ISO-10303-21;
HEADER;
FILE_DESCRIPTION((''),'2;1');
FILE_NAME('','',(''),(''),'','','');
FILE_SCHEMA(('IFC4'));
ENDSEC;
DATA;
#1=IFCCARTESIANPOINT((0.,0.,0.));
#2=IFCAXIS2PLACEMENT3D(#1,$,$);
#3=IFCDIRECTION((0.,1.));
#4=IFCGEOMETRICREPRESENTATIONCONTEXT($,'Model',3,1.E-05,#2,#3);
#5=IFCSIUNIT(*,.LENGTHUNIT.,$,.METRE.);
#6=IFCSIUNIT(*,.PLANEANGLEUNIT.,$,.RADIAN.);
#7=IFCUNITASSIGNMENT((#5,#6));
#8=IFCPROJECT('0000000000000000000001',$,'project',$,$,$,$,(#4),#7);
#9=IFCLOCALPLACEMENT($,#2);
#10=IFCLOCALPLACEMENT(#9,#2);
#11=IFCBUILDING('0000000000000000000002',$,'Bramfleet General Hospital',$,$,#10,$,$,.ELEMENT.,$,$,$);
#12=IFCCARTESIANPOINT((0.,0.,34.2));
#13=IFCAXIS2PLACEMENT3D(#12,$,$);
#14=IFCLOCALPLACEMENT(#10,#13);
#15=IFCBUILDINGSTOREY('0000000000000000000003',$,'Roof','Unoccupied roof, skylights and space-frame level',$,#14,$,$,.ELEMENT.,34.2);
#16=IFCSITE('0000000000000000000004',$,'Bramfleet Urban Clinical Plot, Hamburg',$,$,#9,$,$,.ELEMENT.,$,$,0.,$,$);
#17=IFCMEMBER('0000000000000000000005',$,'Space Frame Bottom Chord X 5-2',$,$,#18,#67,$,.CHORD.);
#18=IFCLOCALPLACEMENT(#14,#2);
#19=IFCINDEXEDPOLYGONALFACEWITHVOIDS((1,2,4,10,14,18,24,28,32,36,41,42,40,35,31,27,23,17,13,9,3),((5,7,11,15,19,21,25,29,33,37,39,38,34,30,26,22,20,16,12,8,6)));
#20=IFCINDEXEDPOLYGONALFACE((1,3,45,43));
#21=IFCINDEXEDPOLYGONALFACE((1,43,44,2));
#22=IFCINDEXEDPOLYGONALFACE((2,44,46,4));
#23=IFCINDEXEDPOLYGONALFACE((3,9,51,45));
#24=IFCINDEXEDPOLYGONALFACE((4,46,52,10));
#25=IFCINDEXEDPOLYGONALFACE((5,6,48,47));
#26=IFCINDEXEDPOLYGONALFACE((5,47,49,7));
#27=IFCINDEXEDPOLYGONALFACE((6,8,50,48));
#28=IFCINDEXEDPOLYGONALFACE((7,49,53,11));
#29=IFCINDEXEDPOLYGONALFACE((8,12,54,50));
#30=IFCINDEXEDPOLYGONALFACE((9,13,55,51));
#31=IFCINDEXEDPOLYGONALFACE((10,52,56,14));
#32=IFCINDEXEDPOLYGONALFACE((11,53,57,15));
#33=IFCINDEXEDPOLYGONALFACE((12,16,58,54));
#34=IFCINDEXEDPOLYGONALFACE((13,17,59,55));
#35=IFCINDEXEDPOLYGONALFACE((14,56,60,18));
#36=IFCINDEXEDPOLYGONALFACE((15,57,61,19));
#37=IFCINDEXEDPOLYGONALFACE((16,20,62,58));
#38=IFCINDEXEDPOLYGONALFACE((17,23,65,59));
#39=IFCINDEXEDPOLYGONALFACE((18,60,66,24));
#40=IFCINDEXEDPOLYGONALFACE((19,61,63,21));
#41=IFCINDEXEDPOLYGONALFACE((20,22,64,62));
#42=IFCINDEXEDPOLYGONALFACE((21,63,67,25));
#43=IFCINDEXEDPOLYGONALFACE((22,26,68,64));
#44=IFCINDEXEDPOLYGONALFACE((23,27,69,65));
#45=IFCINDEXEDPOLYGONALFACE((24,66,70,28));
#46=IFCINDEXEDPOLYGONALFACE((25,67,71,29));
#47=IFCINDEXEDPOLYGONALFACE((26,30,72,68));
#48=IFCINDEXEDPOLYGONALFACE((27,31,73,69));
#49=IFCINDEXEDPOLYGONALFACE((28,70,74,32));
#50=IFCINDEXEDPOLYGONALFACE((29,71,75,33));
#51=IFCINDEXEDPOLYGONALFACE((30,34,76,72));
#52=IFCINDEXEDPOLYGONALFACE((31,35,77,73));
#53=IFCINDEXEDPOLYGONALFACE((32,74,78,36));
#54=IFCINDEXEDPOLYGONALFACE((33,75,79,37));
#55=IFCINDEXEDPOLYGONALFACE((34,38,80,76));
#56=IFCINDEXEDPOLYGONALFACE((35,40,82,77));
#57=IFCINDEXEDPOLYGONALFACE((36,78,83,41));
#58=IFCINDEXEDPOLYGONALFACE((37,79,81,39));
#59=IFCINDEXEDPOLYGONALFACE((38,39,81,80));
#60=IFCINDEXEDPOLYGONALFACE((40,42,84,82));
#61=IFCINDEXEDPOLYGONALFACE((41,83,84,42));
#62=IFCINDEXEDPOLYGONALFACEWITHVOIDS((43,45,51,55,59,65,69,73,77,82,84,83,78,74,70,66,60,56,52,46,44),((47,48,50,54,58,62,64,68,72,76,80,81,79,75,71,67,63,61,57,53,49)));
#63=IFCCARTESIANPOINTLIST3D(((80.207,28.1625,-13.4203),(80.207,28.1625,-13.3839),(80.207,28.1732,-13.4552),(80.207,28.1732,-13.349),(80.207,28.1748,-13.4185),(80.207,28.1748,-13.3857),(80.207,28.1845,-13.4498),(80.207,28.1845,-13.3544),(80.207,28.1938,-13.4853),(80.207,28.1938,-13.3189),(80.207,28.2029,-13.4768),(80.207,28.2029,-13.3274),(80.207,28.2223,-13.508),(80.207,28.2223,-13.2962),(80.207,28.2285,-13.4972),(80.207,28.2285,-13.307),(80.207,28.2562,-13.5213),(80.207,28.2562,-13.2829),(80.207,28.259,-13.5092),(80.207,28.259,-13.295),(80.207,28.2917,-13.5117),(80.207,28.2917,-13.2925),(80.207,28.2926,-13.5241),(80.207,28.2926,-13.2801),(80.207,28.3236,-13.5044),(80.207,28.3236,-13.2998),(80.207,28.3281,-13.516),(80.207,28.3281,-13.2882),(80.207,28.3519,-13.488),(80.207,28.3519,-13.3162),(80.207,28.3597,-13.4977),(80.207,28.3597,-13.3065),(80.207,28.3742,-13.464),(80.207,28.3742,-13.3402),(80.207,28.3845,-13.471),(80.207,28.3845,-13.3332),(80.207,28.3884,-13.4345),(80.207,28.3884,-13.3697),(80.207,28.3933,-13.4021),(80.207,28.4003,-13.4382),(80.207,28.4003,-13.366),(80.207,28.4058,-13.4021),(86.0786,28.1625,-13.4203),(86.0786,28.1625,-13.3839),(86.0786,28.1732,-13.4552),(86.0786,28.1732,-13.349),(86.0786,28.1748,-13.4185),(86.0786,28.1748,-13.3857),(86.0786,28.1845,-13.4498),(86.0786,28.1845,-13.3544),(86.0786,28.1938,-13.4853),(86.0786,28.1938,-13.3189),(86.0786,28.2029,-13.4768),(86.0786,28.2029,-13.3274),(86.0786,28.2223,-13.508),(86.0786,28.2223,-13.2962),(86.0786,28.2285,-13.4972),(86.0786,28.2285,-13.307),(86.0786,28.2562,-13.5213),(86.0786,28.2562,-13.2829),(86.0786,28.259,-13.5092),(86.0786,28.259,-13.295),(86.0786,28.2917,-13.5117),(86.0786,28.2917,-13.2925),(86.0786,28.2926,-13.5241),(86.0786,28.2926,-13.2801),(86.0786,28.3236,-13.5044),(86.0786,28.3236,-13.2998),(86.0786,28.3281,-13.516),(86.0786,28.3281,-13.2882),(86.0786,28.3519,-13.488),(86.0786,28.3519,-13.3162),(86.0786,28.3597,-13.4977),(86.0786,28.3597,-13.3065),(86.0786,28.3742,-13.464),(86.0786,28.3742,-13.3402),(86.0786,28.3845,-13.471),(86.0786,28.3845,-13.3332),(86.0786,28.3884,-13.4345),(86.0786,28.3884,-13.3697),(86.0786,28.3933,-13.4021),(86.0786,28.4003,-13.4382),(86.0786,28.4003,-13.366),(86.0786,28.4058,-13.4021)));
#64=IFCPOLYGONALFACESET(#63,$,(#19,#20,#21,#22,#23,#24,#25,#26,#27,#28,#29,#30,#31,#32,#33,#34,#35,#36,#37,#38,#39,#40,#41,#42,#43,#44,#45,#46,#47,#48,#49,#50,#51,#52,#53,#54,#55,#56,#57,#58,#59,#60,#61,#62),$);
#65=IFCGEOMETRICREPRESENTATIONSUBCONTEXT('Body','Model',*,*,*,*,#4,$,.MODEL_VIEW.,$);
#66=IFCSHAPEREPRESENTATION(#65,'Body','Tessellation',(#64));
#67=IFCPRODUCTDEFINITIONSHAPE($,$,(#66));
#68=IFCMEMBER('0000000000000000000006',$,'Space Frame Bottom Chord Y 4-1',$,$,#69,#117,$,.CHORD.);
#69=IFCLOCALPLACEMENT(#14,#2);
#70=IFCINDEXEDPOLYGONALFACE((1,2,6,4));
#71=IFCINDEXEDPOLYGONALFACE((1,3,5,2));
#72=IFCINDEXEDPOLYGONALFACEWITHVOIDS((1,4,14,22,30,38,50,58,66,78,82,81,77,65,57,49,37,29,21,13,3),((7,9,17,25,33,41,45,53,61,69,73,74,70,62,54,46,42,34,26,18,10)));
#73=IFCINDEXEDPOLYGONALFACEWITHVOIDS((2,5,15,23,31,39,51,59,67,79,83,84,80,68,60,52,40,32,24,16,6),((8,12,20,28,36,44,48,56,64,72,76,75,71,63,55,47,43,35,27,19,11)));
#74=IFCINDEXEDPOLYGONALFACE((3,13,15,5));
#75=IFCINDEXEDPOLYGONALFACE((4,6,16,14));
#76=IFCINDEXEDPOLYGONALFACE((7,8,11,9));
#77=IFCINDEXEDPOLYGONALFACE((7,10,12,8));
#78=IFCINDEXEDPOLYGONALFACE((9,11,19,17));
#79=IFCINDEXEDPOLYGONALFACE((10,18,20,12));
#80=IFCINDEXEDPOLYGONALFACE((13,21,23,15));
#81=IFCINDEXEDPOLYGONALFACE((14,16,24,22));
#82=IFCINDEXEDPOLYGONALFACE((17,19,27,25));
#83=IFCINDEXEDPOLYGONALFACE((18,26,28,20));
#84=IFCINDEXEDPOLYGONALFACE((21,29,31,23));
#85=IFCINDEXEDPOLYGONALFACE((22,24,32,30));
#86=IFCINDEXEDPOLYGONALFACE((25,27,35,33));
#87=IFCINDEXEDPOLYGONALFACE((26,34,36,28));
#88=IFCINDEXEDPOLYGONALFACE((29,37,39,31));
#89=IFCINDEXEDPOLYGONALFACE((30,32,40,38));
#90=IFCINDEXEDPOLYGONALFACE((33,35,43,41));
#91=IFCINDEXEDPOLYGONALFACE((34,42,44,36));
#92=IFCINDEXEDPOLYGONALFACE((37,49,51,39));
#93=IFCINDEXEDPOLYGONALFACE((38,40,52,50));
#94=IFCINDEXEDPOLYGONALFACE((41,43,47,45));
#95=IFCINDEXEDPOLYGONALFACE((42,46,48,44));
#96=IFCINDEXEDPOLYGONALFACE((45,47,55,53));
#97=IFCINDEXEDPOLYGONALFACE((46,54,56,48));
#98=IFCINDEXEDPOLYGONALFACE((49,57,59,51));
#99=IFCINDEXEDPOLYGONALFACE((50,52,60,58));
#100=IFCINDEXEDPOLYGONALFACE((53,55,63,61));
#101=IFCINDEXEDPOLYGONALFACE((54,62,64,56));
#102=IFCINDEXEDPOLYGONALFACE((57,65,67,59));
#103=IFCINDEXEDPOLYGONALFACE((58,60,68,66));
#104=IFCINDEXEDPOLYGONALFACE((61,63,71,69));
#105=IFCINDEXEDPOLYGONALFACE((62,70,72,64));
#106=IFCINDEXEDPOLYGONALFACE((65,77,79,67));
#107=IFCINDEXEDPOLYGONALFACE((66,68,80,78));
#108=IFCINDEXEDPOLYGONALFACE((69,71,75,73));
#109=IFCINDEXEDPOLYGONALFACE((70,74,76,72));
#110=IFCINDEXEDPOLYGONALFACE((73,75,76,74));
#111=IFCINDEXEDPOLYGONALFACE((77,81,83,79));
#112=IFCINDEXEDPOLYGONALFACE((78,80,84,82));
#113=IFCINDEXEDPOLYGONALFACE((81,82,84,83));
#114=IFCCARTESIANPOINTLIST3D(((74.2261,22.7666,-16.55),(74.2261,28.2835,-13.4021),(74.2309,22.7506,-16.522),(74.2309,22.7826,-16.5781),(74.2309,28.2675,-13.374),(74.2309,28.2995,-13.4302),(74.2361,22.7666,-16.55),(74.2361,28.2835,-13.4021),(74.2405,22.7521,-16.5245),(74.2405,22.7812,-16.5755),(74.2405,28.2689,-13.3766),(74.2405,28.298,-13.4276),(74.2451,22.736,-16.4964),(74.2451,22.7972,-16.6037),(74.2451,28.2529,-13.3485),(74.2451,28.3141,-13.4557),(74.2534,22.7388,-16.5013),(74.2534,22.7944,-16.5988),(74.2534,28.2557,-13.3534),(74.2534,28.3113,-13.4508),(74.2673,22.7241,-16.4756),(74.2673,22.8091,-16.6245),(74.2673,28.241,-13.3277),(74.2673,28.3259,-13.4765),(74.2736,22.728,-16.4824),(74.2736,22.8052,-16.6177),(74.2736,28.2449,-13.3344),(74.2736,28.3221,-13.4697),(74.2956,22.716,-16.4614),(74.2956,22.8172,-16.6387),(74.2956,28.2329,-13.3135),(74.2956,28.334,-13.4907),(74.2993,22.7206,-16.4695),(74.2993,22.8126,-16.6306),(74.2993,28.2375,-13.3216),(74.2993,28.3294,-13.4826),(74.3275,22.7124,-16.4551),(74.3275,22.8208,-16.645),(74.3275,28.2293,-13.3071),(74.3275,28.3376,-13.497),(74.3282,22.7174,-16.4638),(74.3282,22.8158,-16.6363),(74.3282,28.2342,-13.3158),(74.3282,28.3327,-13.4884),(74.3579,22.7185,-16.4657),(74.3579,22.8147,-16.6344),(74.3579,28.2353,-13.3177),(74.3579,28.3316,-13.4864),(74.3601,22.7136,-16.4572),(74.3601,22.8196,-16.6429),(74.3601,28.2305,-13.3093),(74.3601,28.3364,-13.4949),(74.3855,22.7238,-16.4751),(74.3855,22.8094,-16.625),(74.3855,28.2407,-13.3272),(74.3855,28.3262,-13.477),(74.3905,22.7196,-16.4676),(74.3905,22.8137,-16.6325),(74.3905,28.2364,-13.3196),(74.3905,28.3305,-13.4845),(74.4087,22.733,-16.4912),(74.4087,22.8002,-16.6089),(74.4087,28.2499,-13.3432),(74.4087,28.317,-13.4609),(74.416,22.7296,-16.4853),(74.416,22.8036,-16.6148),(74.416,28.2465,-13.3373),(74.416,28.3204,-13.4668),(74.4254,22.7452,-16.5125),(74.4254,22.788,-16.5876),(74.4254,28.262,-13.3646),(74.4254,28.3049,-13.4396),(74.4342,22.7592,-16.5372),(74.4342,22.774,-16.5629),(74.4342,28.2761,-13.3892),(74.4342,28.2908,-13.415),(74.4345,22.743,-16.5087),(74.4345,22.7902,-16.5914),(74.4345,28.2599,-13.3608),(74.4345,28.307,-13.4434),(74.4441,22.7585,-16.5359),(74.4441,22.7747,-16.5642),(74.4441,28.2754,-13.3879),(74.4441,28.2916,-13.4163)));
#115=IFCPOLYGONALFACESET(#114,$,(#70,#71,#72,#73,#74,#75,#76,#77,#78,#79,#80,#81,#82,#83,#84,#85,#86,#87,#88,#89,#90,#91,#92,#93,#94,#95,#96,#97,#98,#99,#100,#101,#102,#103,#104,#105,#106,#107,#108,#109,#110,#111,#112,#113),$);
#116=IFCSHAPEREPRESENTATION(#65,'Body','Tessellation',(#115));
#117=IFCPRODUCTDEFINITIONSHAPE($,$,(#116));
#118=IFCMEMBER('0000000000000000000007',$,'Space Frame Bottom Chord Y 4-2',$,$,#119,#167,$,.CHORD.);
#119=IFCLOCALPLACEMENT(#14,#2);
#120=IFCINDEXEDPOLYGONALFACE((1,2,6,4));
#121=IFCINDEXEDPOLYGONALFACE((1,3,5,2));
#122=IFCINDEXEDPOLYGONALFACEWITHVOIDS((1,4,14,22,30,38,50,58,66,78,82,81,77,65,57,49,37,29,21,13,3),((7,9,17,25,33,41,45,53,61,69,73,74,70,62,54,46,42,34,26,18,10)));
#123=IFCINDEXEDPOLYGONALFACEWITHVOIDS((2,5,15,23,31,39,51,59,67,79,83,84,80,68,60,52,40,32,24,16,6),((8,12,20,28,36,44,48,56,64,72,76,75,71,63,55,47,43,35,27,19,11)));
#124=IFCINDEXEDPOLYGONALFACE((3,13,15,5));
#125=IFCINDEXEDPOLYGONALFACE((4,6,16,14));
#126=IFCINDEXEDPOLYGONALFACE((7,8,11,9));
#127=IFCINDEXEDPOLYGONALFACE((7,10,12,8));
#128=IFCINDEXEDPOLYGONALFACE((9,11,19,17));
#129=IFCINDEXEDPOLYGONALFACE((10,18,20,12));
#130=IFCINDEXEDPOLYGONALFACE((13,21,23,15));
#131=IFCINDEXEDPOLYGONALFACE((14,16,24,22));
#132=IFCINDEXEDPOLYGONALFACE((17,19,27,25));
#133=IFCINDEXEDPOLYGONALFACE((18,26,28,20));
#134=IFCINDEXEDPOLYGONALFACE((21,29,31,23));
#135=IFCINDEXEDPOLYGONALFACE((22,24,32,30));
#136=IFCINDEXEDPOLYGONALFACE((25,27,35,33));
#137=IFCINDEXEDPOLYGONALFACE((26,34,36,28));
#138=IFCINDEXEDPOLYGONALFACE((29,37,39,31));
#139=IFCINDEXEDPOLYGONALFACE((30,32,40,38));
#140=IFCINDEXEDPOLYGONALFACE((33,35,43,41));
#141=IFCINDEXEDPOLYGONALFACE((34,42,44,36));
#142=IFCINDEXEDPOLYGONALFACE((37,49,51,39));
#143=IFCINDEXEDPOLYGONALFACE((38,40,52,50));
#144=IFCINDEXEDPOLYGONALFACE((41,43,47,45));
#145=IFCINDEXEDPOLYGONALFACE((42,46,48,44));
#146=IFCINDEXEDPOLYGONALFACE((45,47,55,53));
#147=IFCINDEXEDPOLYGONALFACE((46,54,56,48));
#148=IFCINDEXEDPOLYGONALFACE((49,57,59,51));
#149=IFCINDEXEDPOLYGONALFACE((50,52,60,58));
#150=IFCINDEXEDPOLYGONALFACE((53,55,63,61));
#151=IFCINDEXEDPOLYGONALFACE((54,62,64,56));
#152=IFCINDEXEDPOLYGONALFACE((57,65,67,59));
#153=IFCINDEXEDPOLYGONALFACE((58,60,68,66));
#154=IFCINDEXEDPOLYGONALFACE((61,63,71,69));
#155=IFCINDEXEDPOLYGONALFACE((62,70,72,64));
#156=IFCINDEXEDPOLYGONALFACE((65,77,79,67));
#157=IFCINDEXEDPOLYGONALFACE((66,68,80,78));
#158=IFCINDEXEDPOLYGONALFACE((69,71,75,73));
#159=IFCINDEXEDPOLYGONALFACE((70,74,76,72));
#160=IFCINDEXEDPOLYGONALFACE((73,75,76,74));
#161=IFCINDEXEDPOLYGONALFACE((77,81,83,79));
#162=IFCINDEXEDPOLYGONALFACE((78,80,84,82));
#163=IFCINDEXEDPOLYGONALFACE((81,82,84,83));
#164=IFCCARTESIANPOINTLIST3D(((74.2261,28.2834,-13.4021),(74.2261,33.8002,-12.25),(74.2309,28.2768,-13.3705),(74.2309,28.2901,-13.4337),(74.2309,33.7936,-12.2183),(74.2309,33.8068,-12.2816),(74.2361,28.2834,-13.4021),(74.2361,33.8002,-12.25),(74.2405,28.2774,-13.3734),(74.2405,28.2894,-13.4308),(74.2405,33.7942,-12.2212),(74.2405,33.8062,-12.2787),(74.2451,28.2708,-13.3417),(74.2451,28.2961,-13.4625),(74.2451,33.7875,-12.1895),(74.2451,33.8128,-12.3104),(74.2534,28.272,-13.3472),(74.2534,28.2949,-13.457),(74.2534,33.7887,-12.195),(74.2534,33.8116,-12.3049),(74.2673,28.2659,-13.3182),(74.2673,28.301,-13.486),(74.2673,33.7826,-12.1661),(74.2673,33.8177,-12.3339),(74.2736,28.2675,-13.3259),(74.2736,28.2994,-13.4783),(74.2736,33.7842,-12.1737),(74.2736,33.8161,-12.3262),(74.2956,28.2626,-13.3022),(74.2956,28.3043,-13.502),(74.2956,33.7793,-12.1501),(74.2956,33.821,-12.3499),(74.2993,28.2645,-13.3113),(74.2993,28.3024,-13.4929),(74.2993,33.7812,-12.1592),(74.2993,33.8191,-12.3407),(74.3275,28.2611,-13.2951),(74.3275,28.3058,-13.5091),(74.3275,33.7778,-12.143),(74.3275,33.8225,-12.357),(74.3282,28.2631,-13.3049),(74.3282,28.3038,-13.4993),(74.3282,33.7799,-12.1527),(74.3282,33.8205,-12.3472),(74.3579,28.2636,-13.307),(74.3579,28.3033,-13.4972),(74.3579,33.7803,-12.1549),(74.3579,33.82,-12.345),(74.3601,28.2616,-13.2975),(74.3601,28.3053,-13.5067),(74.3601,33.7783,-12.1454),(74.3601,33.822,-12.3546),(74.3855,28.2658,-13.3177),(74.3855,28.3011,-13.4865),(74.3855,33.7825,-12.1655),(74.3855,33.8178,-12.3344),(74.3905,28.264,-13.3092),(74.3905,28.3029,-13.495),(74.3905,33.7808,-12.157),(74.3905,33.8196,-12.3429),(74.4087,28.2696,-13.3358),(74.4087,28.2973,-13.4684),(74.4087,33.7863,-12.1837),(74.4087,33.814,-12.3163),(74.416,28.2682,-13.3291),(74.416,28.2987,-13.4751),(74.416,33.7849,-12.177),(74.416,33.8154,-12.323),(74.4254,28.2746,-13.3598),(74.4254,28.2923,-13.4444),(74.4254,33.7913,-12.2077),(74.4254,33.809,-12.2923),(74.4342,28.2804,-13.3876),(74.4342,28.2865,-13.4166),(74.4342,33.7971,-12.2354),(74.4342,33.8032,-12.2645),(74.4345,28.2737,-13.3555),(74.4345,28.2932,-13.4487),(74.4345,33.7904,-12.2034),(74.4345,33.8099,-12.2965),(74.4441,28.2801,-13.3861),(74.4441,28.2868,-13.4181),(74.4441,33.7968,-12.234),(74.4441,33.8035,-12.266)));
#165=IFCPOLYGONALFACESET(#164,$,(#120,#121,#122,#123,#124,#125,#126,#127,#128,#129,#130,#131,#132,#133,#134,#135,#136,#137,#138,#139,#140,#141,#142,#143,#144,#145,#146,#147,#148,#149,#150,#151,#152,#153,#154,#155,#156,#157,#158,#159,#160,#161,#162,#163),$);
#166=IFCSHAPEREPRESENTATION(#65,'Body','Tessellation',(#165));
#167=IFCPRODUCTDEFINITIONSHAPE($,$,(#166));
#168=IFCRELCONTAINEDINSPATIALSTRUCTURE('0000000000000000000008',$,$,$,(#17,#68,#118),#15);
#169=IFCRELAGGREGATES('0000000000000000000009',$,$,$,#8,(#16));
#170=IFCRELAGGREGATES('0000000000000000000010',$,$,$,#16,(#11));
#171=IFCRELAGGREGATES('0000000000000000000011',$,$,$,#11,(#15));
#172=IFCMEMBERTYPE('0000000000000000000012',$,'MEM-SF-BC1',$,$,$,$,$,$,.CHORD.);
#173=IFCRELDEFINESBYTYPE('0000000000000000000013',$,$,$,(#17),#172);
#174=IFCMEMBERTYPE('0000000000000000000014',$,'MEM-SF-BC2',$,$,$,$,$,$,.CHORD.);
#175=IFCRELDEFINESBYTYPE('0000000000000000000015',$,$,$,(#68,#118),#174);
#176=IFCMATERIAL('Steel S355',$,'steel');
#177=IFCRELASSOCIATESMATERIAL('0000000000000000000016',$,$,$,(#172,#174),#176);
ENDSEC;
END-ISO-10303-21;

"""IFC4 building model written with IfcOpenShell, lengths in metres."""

from ifc_helpers import new_model, si_unit, direction, frame, origin, origin_2d, place, context, subcontext, project, spatial, hollow_circle, extrude, material, material_profile, profile_set, type_object, element, save


model = new_model("IFC4")

# Units and contexts
model_context = context("Model", 3, precision=1e-05, world=origin(), true_north=direction((0.0, 1.0)))
body_context = subcontext(model_context, "Body", "Model", "MODEL_VIEW")
ifc_project = project(units=[si_unit("LENGTHUNIT", "METRE"), si_unit("PLANEANGLEUNIT", "RADIAN")], contexts=[model_context])

# Site, building, storey
site_placement = place(None, origin())
site = spatial("IfcSite", under=ifc_project, at=site_placement, Name="Bramfleet Urban Clinical Plot, Hamburg", CompositionType="ELEMENT", RefElevation=0.0)
building_placement = place(site_placement, origin())
building = spatial("IfcBuilding", under=site, at=building_placement, Name="Bramfleet General Hospital", CompositionType="ELEMENT")
storey_placement = place(building_placement, frame((0.0, 0.0, 34.2)))
storey = spatial("IfcBuildingStorey", under=building, at=storey_placement, Name="Roof", Description="Unoccupied roof, skylights and space-frame level", CompositionType="ELEMENT", Elevation=34.2)

# Members
ifc_material = material(Name="Steel S355", Category="steel")
ifc_material_profile_1 = material_profile(ifc_material, hollow_circle(Radius=0.1223, WallThickness=0.0125, at=origin_2d()), Name="CHS 244.5x12.5")
ifc_profile_set_1 = profile_set([ifc_material_profile_1], Name="Steel S355")
member_type_1 = type_object("IfcMemberType", Name="MEM-SF-BC1", PredefinedType="CHORD", material=ifc_profile_set_1)
for number, where, z_axis, x_axis, name in (
    (1, (80.207, 28.2834, -13.4021), (1.0, 0.0, 0.0), (0.0, 1.0, 0.0), "Space Frame Bottom Chord X 5-2"),
):
    element("IfcMember", number, at=place(storey_placement, frame(where, z_axis=z_axis, x_axis=x_axis)), inside=storey, type_object=member_type_1, Name=name, PredefinedType="CHORD", context=body_context, shape_type="SweptSolid", body=[
        extrude(hollow_circle(Radius=0.1223, WallThickness=0.0125, at=origin_2d()), origin(), (0.0, 0.0, 1.0), 5.8716),
    ])
ifc_material_profile_2 = material_profile(ifc_material, hollow_circle(Radius=0.1096, WallThickness=0.01, at=origin_2d()), Name="CHS 219.1x10.0")
ifc_profile_set_2 = profile_set([ifc_material_profile_2], Name="Steel S355")
member_type_2 = type_object("IfcMemberType", Name="MEM-SF-BC2", PredefinedType="CHORD", material=ifc_profile_set_2)
member_1_placement = place(storey_placement, frame((74.3357, 22.7666, -16.55), z_axis=(0.0, 0.86855, 0.495601), x_axis=(-1.0, 0.0, 0.0)))
element("IfcMember", 2, at=member_1_placement, inside=storey, type_object=member_type_2, Name="Space Frame Bottom Chord Y 4-1", PredefinedType="CHORD", context=body_context, shape_type="SweptSolid", body=[
    extrude(hollow_circle(Radius=0.1096, WallThickness=0.01, at=origin_2d()), origin(), (0.0, 0.0, 1.0), 6.3518),
])
member_2_placement = place(storey_placement, frame((74.3357, 28.2834, -13.4021), z_axis=(0.0, 0.978881, 0.204432), x_axis=(-1.0, 0.0, 0.0)))
element("IfcMember", 3, at=member_2_placement, inside=storey, type_object=member_type_2, Name="Space Frame Bottom Chord Y 4-2", PredefinedType="CHORD", context=body_context, shape_type="SweptSolid", body=[
    extrude(hollow_circle(Radius=0.1096, WallThickness=0.01, at=origin_2d()), origin(), (0.0, 0.0, 1.0), 5.6357),
])

save(model, "model.ifc")
